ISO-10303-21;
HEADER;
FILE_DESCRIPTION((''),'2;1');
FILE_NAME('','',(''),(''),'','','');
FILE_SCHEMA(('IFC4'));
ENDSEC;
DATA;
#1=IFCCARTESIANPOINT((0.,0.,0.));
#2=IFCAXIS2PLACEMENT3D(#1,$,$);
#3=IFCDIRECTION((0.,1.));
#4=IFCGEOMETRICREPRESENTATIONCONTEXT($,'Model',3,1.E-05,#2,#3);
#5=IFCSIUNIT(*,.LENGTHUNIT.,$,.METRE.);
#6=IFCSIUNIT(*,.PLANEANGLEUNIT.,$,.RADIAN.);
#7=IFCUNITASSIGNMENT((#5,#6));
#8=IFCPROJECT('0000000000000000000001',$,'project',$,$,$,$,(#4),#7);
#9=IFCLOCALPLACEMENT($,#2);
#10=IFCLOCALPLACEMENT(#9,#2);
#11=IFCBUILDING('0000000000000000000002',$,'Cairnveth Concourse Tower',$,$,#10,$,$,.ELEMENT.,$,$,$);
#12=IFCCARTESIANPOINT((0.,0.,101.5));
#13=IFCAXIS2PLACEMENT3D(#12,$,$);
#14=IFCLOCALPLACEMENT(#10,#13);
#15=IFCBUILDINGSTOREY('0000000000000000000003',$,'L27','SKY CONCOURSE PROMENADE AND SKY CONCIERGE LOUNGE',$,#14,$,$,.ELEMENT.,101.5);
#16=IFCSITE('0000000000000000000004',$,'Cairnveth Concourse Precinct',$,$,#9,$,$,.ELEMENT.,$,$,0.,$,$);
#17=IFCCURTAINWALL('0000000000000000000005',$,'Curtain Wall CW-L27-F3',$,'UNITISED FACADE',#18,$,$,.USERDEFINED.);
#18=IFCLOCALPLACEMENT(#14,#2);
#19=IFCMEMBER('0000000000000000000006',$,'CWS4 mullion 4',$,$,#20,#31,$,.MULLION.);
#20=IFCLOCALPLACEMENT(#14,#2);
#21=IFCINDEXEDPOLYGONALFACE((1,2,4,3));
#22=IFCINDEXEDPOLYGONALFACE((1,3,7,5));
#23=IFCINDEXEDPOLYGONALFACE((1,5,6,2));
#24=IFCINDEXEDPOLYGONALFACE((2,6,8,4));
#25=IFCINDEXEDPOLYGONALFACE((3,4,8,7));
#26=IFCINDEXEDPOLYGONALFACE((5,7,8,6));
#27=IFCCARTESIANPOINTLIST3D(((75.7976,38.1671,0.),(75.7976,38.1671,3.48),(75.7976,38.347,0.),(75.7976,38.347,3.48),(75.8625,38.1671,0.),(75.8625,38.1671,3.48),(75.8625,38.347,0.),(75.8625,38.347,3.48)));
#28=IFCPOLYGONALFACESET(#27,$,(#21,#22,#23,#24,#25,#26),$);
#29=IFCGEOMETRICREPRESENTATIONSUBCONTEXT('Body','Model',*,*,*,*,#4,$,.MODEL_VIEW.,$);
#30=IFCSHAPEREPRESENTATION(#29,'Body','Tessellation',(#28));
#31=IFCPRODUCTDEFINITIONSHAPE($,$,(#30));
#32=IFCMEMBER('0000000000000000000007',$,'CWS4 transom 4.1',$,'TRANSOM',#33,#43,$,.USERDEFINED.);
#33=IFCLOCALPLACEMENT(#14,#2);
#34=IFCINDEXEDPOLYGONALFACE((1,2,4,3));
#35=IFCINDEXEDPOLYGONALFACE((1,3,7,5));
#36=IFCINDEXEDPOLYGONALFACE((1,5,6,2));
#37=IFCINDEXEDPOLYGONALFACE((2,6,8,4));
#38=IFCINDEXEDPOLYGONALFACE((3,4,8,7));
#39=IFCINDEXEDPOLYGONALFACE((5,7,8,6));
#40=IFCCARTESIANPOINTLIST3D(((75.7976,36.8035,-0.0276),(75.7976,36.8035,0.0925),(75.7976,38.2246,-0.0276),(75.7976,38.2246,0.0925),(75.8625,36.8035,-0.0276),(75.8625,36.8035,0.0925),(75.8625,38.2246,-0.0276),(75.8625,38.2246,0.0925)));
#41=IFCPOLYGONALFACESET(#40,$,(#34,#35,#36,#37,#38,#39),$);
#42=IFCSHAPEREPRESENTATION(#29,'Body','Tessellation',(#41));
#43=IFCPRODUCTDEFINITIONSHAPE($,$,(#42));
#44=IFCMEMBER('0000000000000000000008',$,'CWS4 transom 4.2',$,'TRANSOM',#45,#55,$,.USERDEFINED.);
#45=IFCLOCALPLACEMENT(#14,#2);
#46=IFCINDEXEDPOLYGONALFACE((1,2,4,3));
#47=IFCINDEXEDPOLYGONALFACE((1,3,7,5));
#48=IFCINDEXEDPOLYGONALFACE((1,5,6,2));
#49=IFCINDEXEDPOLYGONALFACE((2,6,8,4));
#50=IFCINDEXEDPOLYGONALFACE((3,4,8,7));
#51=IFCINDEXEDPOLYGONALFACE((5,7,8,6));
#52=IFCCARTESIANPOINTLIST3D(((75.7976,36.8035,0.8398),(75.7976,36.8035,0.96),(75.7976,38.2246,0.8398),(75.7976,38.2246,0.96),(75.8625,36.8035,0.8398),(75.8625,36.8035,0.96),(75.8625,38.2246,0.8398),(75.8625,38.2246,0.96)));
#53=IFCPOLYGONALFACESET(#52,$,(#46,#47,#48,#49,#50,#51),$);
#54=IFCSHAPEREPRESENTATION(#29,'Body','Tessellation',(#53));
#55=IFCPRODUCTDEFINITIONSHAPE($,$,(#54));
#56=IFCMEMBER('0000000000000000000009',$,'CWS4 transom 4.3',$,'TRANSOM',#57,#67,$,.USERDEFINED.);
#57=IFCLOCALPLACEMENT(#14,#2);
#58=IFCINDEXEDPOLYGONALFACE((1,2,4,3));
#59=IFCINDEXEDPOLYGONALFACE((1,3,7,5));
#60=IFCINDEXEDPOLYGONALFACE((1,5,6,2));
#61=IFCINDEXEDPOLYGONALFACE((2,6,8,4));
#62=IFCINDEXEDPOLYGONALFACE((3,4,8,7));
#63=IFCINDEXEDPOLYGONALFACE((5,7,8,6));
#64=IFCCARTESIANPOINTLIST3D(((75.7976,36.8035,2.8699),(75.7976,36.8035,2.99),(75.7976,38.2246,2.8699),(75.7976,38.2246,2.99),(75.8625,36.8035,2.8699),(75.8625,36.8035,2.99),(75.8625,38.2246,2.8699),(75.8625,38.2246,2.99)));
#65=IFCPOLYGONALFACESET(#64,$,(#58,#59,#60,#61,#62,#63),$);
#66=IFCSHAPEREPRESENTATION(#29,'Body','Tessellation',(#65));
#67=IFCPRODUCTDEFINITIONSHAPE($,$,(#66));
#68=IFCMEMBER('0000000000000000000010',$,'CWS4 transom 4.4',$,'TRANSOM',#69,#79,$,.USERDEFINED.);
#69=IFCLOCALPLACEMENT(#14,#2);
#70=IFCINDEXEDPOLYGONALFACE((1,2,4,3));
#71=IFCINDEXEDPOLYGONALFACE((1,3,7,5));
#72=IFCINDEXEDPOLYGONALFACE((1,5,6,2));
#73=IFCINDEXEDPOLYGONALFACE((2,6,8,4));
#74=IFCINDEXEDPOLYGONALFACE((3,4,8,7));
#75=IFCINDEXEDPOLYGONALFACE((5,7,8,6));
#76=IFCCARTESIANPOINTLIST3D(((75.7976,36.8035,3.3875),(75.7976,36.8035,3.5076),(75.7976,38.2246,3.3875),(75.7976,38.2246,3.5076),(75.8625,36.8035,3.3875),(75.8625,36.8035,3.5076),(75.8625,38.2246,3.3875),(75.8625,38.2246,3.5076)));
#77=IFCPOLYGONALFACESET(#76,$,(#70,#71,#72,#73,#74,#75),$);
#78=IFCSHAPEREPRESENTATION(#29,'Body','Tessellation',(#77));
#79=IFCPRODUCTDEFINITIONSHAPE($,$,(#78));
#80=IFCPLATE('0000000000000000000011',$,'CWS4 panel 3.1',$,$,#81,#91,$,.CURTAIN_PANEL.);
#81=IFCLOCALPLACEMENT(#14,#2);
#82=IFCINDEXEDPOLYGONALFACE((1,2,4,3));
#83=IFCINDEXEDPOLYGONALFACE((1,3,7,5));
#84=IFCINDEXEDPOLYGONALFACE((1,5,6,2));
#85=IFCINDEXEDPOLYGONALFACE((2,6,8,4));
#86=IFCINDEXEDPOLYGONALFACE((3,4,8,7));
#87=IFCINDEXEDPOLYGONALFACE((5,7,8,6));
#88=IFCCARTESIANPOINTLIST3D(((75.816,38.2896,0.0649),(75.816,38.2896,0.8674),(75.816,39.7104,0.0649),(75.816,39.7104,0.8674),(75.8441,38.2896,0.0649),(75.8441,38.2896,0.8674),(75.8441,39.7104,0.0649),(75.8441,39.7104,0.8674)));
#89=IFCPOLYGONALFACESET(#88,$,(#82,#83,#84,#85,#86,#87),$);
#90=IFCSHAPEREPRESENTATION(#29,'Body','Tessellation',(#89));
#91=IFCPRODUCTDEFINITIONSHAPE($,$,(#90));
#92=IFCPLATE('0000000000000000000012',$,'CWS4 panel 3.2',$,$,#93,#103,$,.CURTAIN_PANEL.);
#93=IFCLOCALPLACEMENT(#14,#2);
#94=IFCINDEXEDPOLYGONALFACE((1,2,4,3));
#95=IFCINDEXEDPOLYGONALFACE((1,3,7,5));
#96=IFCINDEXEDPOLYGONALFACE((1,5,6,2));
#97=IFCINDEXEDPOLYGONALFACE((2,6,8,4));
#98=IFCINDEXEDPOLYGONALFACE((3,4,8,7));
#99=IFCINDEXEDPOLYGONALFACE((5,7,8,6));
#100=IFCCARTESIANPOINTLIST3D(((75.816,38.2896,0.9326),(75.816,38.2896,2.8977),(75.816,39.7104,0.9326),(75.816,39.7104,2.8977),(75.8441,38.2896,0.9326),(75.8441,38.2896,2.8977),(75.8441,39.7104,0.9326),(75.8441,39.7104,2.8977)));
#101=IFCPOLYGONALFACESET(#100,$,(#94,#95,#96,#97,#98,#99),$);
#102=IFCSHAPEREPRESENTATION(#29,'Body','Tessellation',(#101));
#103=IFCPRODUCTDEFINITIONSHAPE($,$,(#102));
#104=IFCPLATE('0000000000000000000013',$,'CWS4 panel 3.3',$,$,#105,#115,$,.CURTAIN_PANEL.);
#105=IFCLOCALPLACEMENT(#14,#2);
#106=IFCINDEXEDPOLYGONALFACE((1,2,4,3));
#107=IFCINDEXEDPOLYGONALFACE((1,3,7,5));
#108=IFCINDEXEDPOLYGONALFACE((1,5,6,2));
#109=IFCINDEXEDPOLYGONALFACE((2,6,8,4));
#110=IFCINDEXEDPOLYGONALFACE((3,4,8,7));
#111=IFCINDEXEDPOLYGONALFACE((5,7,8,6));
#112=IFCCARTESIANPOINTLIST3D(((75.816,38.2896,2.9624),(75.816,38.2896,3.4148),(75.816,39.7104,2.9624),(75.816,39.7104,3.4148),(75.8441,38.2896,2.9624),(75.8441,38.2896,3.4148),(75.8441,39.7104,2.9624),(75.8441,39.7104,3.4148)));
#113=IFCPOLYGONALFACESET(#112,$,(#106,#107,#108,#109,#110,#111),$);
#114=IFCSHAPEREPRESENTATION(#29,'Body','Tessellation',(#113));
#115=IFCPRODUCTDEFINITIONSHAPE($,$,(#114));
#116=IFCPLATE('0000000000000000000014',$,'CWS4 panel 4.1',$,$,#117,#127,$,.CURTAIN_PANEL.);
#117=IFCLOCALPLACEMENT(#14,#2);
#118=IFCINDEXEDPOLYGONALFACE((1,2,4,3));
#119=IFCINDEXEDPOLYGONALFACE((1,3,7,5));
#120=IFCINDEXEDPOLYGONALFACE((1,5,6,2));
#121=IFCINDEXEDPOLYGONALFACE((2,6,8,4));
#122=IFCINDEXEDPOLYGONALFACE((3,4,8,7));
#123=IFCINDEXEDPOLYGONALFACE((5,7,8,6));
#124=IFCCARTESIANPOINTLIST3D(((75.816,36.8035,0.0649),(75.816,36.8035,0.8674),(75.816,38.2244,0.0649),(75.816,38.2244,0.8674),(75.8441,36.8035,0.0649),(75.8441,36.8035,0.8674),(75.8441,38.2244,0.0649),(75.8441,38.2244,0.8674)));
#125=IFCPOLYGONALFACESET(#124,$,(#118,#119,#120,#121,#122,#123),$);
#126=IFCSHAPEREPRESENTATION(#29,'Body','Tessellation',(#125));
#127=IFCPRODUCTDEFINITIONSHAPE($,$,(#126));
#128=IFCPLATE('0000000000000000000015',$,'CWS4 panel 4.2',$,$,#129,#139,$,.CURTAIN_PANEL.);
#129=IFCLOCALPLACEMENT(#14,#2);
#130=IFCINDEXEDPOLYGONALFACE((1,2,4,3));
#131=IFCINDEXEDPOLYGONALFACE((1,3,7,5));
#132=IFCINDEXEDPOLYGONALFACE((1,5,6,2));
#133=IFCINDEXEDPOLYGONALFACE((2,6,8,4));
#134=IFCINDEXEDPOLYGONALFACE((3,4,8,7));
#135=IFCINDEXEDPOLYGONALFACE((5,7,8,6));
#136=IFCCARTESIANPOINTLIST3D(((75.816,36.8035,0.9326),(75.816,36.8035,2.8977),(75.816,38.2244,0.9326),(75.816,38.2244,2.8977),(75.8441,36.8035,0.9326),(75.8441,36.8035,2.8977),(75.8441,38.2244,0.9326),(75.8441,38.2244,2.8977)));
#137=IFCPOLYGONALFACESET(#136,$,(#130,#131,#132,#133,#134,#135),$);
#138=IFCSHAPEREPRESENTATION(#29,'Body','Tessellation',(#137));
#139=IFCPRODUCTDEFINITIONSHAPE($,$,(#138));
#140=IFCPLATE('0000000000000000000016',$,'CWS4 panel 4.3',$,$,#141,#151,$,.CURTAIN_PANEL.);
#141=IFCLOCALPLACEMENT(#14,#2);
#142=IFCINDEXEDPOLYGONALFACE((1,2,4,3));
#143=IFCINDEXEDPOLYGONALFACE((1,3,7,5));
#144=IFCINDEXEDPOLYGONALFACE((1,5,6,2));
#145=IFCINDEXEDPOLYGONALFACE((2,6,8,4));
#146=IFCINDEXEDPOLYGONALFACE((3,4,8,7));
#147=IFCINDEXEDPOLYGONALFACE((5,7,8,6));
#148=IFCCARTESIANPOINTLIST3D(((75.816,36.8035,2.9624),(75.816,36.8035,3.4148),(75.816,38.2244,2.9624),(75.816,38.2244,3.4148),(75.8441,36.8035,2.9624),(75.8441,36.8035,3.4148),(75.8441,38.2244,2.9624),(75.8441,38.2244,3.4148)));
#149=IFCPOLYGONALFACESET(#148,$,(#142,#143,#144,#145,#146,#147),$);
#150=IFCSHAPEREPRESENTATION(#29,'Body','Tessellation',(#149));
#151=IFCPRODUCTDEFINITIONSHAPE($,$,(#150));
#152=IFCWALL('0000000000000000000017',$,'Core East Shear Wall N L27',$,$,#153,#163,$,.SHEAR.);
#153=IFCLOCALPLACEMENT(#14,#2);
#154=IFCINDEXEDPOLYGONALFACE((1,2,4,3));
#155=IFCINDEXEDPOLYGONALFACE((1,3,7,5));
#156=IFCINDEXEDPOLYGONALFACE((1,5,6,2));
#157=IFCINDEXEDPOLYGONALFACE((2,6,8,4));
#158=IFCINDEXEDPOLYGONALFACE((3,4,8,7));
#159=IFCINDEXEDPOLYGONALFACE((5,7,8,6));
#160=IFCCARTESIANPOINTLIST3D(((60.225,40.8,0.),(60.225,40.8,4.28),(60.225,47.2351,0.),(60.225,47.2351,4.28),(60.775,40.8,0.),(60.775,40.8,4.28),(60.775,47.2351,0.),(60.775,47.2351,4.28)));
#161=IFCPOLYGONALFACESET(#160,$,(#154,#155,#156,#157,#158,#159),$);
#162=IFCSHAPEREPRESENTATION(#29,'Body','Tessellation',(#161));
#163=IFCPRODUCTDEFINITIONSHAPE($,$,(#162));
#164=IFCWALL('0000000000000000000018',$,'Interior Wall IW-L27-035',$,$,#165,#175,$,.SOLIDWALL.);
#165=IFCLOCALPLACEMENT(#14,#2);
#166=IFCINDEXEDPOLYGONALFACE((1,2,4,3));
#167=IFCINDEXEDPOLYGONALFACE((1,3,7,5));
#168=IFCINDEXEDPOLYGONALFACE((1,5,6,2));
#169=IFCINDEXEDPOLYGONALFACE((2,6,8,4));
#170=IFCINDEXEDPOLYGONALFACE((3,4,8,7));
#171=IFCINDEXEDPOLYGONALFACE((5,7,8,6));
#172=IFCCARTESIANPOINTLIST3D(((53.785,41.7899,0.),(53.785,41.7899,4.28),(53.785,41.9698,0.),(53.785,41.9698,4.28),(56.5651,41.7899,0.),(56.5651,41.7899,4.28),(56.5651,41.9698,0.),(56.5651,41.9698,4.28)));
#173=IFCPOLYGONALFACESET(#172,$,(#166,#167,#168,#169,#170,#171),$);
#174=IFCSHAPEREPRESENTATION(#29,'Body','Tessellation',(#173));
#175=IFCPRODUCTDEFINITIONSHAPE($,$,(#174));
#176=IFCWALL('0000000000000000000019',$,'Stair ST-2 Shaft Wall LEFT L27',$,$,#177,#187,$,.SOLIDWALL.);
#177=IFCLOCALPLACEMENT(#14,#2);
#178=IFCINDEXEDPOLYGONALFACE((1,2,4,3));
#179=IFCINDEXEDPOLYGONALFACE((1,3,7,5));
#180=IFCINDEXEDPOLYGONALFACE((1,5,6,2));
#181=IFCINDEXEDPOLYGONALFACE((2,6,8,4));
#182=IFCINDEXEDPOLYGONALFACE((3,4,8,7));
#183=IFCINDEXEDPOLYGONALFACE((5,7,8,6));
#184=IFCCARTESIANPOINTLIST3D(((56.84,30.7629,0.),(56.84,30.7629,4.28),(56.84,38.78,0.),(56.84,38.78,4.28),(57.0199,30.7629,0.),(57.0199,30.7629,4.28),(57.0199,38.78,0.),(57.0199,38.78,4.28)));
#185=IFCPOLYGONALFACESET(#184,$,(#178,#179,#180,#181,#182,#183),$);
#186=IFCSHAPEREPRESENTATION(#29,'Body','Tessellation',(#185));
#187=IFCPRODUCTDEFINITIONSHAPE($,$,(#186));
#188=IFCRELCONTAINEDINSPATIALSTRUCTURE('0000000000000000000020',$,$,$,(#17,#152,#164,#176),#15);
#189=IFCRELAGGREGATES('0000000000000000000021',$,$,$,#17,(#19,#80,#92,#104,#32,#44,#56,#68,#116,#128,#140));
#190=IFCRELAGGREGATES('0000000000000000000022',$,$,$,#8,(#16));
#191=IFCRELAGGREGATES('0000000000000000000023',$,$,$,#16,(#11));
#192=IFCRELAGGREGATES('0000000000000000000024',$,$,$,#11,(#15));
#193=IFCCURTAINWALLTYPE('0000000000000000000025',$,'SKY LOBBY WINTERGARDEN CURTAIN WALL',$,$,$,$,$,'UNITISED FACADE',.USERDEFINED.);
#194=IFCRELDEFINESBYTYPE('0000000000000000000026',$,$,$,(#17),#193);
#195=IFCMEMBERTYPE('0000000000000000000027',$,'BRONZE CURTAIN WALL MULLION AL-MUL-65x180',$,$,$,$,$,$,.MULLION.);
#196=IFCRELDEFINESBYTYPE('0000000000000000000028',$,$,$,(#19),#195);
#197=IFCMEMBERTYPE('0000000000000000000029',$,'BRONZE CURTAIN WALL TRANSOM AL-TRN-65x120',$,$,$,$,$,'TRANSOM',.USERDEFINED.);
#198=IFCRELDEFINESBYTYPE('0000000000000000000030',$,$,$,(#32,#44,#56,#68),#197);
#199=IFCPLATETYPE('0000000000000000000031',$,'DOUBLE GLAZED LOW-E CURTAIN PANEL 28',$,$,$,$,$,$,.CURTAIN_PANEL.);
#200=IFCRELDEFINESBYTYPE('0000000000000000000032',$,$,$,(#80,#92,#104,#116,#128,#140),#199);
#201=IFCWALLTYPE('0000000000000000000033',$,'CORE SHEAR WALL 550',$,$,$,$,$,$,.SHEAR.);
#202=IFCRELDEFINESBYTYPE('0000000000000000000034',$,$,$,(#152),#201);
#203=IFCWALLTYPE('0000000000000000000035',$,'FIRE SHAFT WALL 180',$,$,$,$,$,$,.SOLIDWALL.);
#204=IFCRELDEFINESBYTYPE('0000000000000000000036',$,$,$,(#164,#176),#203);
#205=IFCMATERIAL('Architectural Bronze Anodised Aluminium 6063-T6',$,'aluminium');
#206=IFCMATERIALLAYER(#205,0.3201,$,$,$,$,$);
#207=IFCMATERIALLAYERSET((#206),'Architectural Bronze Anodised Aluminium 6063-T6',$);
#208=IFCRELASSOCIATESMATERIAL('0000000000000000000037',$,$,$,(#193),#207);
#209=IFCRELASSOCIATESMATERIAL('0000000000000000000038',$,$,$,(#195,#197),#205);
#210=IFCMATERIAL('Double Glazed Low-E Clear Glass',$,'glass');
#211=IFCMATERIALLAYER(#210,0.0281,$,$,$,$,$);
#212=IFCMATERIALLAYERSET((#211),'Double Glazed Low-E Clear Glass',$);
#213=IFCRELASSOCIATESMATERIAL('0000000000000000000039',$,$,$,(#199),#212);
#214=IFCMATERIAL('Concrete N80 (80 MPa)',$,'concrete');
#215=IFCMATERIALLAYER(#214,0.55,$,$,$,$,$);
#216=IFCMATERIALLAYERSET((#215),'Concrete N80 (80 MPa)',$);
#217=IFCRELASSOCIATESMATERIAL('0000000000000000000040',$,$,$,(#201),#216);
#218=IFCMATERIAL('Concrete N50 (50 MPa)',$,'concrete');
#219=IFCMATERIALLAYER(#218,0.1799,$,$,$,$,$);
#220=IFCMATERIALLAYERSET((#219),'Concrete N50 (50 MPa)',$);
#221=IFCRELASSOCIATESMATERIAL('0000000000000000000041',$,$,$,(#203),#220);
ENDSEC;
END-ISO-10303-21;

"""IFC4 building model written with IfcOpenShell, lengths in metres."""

from ifc_helpers import new_model, si_unit, direction, frame, frame_2d, origin, origin_2d, place, context, subcontext, project, spatial, rectangle, extrude, material, layer, layer_set, material_profile, profile_set, type_object, element, aggregate, save


model = new_model("IFC4")

# Units and contexts
model_context = context("Model", 3, precision=1e-05, world=origin(), true_north=direction((0.0, 1.0)))
body_context = subcontext(model_context, "Body", "Model", "MODEL_VIEW")
ifc_project = project(units=[si_unit("LENGTHUNIT", "METRE"), si_unit("PLANEANGLEUNIT", "RADIAN")], contexts=[model_context])

# Site, building, storey
site_placement = place(None, origin())
site = spatial("IfcSite", under=ifc_project, at=site_placement, Name="Cairnveth Concourse Precinct", CompositionType="ELEMENT", RefElevation=0.0)
building_placement = place(site_placement, origin())
building = spatial("IfcBuilding", under=site, at=building_placement, Name="Cairnveth Concourse Tower", CompositionType="ELEMENT")
storey_placement = place(building_placement, frame((0.0, 0.0, 101.5)))
storey = spatial("IfcBuildingStorey", under=building, at=storey_placement, Name="L27", Description="SKY CONCOURSE PROMENADE AND SKY CONCIERGE LOUNGE", CompositionType="ELEMENT", Elevation=101.5)

# Curtain wall, members, plates
ifc_material_1 = material(Name="Architectural Bronze Anodised Aluminium 6063-T6", Category="aluminium")
ifc_layer_1 = layer(ifc_material_1, 0.3201)
ifc_layer_set_1 = layer_set([ifc_layer_1], Name="Architectural Bronze Anodised Aluminium 6063-T6")
curtain_wall_type = type_object("IfcCurtainWallType", Name="SKY LOBBY WINTERGARDEN CURTAIN WALL", ElementType="UNITISED FACADE", PredefinedType="USERDEFINED", material=ifc_layer_set_1)
curtain_wall_placement = place(storey_placement, origin())
curtain_wall = element("IfcCurtainWall", 1, at=curtain_wall_placement, inside=storey, type_object=curtain_wall_type, Name="Curtain Wall CW-L27-F3", ObjectType="UNITISED FACADE", PredefinedType="USERDEFINED")
ifc_material_profile_1 = material_profile(ifc_material_1, rectangle(XDim=0.0649, YDim=0.1799, at=origin_2d()), Name="AL-MUL-65x180")
ifc_profile_set_1 = profile_set([ifc_material_profile_1], Name="Architectural Bronze Anodised Aluminium 6063-T6")
member_type_1 = type_object("IfcMemberType", Name="BRONZE CURTAIN WALL MULLION AL-MUL-65x180", PredefinedType="MULLION", material=ifc_profile_set_1)
member_1_placement = place(storey_placement, frame((75.8301, 38.2571, 0.0), z_axis=(0.0, 0.0, 1.0), x_axis=(1.0, 0.0, 0.0)))
member_1 = element("IfcMember", 2, at=member_1_placement, type_object=member_type_1, Name="CWS4 mullion 4", PredefinedType="MULLION", context=body_context, shape_type="SweptSolid", body=[
    extrude(rectangle(XDim=0.0649, YDim=0.1799, at=origin_2d()), origin(), (0.0, 0.0, 1.0), 3.48),
])
ifc_material_profile_2 = material_profile(ifc_material_1, rectangle(XDim=0.0649, YDim=0.1201, at=origin_2d()), Name="AL-TRN-65x120")
ifc_profile_set_2 = profile_set([ifc_material_profile_2], Name="Architectural Bronze Anodised Aluminium 6063-T6")
member_type_2 = type_object("IfcMemberType", Name="BRONZE CURTAIN WALL TRANSOM AL-TRN-65x120", ElementType="TRANSOM", PredefinedType="USERDEFINED", material=ifc_profile_set_2)
member_2_placement = place(storey_placement, frame((75.8301, 38.2246, 0.0325), z_axis=(0.0, -1.0, 0.0), x_axis=(1.0, 0.0, 0.0)))
member_2 = element("IfcMember", 3, at=member_2_placement, type_object=member_type_2, Name="CWS4 transom 4.1", ObjectType="TRANSOM", PredefinedType="USERDEFINED", context=body_context, shape_type="SweptSolid", body=[
    extrude(rectangle(XDim=0.0649, YDim=0.1201, at=origin_2d()), origin(), (0.0, 0.0, 1.0), 1.4211),
])
member_3_placement = place(storey_placement, frame((75.8301, 38.2246, 0.8999), z_axis=(0.0, -1.0, 0.0), x_axis=(1.0, 0.0, 0.0)))
member_3 = element("IfcMember", 4, at=member_3_placement, type_object=member_type_2, Name="CWS4 transom 4.2", ObjectType="TRANSOM", PredefinedType="USERDEFINED", context=body_context, shape_type="SweptSolid", body=[
    extrude(rectangle(XDim=0.0649, YDim=0.1201, at=origin_2d()), origin(), (0.0, 0.0, 1.0), 1.4211),
])
member_4_placement = place(storey_placement, frame((75.8301, 38.2246, 2.9299), z_axis=(0.0, -1.0, 0.0), x_axis=(1.0, 0.0, 0.0)))
member_4 = element("IfcMember", 5, at=member_4_placement, type_object=member_type_2, Name="CWS4 transom 4.3", ObjectType="TRANSOM", PredefinedType="USERDEFINED", context=body_context, shape_type="SweptSolid", body=[
    extrude(rectangle(XDim=0.0649, YDim=0.1201, at=origin_2d()), origin(), (0.0, 0.0, 1.0), 1.4211),
])
member_5_placement = place(storey_placement, frame((75.8301, 38.2246, 3.4475), z_axis=(0.0, -1.0, 0.0), x_axis=(1.0, 0.0, 0.0)))
member_5 = element("IfcMember", 6, at=member_5_placement, type_object=member_type_2, Name="CWS4 transom 4.4", ObjectType="TRANSOM", PredefinedType="USERDEFINED", context=body_context, shape_type="SweptSolid", body=[
    extrude(rectangle(XDim=0.0649, YDim=0.1201, at=origin_2d()), origin(), (0.0, 0.0, 1.0), 1.4211),
])
ifc_material_2 = material(Name="Double Glazed Low-E Clear Glass", Category="glass")
ifc_layer_2 = layer(ifc_material_2, 0.0281)
ifc_layer_set_2 = layer_set([ifc_layer_2], Name="Double Glazed Low-E Clear Glass")
plate_type = type_object("IfcPlateType", Name="DOUBLE GLAZED LOW-E CURTAIN PANEL 28", PredefinedType="CURTAIN_PANEL", material=ifc_layer_set_2)
plate_1_placement = place(storey_placement, frame((75.8301, 39.0, 0.0649), z_axis=(0.0, 0.0, 1.0), x_axis=(0.0, -1.0, 0.0)))
plate_1 = element("IfcPlate", 7, at=plate_1_placement, type_object=plate_type, Name="CWS4 panel 3.1", PredefinedType="CURTAIN_PANEL", context=body_context, shape_type="SweptSolid", body=[
    extrude(rectangle(XDim=1.4209, YDim=0.0281, at=origin_2d()), origin(), (0.0, 0.0, 1.0), 0.8025),
])
plate_2_placement = place(storey_placement, frame((75.8301, 39.0, 0.9326), z_axis=(0.0, 0.0, 1.0), x_axis=(0.0, -1.0, 0.0)))
plate_2 = element("IfcPlate", 8, at=plate_2_placement, type_object=plate_type, Name="CWS4 panel 3.2", PredefinedType="CURTAIN_PANEL", context=body_context, shape_type="SweptSolid", body=[
    extrude(rectangle(XDim=1.4209, YDim=0.0281, at=origin_2d()), origin(), (0.0, 0.0, 1.0), 1.9651),
])
plate_3_placement = place(storey_placement, frame((75.8301, 39.0, 2.9624), z_axis=(0.0, 0.0, 1.0), x_axis=(0.0, -1.0, 0.0)))
plate_3 = element("IfcPlate", 9, at=plate_3_placement, type_object=plate_type, Name="CWS4 panel 3.3", PredefinedType="CURTAIN_PANEL", context=body_context, shape_type="SweptSolid", body=[
    extrude(rectangle(XDim=1.4209, YDim=0.0281, at=origin_2d()), origin(), (0.0, 0.0, 1.0), 0.4524),
])
plate_4_placement = place(storey_placement, frame((75.8301, 37.5139, 0.0649), z_axis=(0.0, 0.0, 1.0), x_axis=(0.0, -1.0, 0.0)))
plate_4 = element("IfcPlate", 10, at=plate_4_placement, type_object=plate_type, Name="CWS4 panel 4.1", PredefinedType="CURTAIN_PANEL", context=body_context, shape_type="SweptSolid", body=[
    extrude(rectangle(XDim=1.4209, YDim=0.0281, at=origin_2d()), origin(), (0.0, 0.0, 1.0), 0.8025),
])
plate_5_placement = place(storey_placement, frame((75.8301, 37.5139, 0.9326), z_axis=(0.0, 0.0, 1.0), x_axis=(0.0, -1.0, 0.0)))
plate_5 = element("IfcPlate", 11, at=plate_5_placement, type_object=plate_type, Name="CWS4 panel 4.2", PredefinedType="CURTAIN_PANEL", context=body_context, shape_type="SweptSolid", body=[
    extrude(rectangle(XDim=1.4209, YDim=0.0281, at=origin_2d()), origin(), (0.0, 0.0, 1.0), 1.9651),
])
plate_6_placement = place(storey_placement, frame((75.8301, 37.5139, 2.9624), z_axis=(0.0, 0.0, 1.0), x_axis=(0.0, -1.0, 0.0)))
plate_6 = element("IfcPlate", 12, at=plate_6_placement, type_object=plate_type, Name="CWS4 panel 4.3", PredefinedType="CURTAIN_PANEL", context=body_context, shape_type="SweptSolid", body=[
    extrude(rectangle(XDim=1.4209, YDim=0.0281, at=origin_2d()), origin(), (0.0, 0.0, 1.0), 0.4524),
])
aggregate(curtain_wall, [member_1, plate_1, plate_2, plate_3, member_2, member_3, member_4, member_5, plate_4, plate_5, plate_6])

# Walls
ifc_material_3 = material(Name="Concrete N80 (80 MPa)", Category="concrete")
ifc_layer_3 = layer(ifc_material_3, 0.55)
ifc_layer_set_3 = layer_set([ifc_layer_3], Name="Concrete N80 (80 MPa)")
wall_type_1 = type_object("IfcWallType", Name="CORE SHEAR WALL 550", PredefinedType="SHEAR", material=ifc_layer_set_3)
wall_1_placement = place(storey_placement, frame((60.5, 40.8, 0.0), z_axis=(0.0, 0.0, 1.0), x_axis=(0.0, 1.0, 0.0)))
element("IfcWall", 13, at=wall_1_placement, inside=storey, type_object=wall_type_1, Name="Core East Shear Wall N L27", PredefinedType="SHEAR", context=body_context, shape_type="SweptSolid", body=[
    extrude(rectangle(XDim=6.4351, YDim=0.55, at=frame_2d((3.2175, 0.0))), origin(), (0.0, 0.0, 1.0), 4.28),
])
ifc_material_4 = material(Name="Concrete N50 (50 MPa)", Category="concrete")
ifc_layer_4 = layer(ifc_material_4, 0.1799)
ifc_layer_set_4 = layer_set([ifc_layer_4], Name="Concrete N50 (50 MPa)")
wall_type_2 = type_object("IfcWallType", Name="FIRE SHAFT WALL 180", PredefinedType="SOLIDWALL", material=ifc_layer_set_4)
wall_2_placement = place(storey_placement, frame((53.7849, 41.8799, 0.0), z_axis=(0.0, 0.0, 1.0), x_axis=(1.0, 0.0, 0.0)))
element("IfcWall", 14, at=wall_2_placement, inside=storey, type_object=wall_type_2, Name="Interior Wall IW-L27-035", PredefinedType="SOLIDWALL", context=body_context, shape_type="SweptSolid", body=[
    extrude(rectangle(XDim=2.78, YDim=0.1799, at=frame_2d((1.3901, 0.0))), origin(), (0.0, 0.0, 1.0), 4.28),
])

# Wall
wall_3_placement = place(storey_placement, frame((56.9299, 38.78, 0.0), z_axis=(0.0, 0.0, 1.0), x_axis=(0.0, -1.0, 0.0)))
element("IfcWall", 15, at=wall_3_placement, inside=storey, type_object=wall_type_2, Name="Stair ST-2 Shaft Wall LEFT L27", PredefinedType="SOLIDWALL", context=body_context, shape_type="SweptSolid", body=[
    extrude(rectangle(XDim=8.0171, YDim=0.1799, at=frame_2d((4.0085, 0.0))), origin(), (0.0, 0.0, 1.0), 4.28),
])

save(model, "model.ifc")
